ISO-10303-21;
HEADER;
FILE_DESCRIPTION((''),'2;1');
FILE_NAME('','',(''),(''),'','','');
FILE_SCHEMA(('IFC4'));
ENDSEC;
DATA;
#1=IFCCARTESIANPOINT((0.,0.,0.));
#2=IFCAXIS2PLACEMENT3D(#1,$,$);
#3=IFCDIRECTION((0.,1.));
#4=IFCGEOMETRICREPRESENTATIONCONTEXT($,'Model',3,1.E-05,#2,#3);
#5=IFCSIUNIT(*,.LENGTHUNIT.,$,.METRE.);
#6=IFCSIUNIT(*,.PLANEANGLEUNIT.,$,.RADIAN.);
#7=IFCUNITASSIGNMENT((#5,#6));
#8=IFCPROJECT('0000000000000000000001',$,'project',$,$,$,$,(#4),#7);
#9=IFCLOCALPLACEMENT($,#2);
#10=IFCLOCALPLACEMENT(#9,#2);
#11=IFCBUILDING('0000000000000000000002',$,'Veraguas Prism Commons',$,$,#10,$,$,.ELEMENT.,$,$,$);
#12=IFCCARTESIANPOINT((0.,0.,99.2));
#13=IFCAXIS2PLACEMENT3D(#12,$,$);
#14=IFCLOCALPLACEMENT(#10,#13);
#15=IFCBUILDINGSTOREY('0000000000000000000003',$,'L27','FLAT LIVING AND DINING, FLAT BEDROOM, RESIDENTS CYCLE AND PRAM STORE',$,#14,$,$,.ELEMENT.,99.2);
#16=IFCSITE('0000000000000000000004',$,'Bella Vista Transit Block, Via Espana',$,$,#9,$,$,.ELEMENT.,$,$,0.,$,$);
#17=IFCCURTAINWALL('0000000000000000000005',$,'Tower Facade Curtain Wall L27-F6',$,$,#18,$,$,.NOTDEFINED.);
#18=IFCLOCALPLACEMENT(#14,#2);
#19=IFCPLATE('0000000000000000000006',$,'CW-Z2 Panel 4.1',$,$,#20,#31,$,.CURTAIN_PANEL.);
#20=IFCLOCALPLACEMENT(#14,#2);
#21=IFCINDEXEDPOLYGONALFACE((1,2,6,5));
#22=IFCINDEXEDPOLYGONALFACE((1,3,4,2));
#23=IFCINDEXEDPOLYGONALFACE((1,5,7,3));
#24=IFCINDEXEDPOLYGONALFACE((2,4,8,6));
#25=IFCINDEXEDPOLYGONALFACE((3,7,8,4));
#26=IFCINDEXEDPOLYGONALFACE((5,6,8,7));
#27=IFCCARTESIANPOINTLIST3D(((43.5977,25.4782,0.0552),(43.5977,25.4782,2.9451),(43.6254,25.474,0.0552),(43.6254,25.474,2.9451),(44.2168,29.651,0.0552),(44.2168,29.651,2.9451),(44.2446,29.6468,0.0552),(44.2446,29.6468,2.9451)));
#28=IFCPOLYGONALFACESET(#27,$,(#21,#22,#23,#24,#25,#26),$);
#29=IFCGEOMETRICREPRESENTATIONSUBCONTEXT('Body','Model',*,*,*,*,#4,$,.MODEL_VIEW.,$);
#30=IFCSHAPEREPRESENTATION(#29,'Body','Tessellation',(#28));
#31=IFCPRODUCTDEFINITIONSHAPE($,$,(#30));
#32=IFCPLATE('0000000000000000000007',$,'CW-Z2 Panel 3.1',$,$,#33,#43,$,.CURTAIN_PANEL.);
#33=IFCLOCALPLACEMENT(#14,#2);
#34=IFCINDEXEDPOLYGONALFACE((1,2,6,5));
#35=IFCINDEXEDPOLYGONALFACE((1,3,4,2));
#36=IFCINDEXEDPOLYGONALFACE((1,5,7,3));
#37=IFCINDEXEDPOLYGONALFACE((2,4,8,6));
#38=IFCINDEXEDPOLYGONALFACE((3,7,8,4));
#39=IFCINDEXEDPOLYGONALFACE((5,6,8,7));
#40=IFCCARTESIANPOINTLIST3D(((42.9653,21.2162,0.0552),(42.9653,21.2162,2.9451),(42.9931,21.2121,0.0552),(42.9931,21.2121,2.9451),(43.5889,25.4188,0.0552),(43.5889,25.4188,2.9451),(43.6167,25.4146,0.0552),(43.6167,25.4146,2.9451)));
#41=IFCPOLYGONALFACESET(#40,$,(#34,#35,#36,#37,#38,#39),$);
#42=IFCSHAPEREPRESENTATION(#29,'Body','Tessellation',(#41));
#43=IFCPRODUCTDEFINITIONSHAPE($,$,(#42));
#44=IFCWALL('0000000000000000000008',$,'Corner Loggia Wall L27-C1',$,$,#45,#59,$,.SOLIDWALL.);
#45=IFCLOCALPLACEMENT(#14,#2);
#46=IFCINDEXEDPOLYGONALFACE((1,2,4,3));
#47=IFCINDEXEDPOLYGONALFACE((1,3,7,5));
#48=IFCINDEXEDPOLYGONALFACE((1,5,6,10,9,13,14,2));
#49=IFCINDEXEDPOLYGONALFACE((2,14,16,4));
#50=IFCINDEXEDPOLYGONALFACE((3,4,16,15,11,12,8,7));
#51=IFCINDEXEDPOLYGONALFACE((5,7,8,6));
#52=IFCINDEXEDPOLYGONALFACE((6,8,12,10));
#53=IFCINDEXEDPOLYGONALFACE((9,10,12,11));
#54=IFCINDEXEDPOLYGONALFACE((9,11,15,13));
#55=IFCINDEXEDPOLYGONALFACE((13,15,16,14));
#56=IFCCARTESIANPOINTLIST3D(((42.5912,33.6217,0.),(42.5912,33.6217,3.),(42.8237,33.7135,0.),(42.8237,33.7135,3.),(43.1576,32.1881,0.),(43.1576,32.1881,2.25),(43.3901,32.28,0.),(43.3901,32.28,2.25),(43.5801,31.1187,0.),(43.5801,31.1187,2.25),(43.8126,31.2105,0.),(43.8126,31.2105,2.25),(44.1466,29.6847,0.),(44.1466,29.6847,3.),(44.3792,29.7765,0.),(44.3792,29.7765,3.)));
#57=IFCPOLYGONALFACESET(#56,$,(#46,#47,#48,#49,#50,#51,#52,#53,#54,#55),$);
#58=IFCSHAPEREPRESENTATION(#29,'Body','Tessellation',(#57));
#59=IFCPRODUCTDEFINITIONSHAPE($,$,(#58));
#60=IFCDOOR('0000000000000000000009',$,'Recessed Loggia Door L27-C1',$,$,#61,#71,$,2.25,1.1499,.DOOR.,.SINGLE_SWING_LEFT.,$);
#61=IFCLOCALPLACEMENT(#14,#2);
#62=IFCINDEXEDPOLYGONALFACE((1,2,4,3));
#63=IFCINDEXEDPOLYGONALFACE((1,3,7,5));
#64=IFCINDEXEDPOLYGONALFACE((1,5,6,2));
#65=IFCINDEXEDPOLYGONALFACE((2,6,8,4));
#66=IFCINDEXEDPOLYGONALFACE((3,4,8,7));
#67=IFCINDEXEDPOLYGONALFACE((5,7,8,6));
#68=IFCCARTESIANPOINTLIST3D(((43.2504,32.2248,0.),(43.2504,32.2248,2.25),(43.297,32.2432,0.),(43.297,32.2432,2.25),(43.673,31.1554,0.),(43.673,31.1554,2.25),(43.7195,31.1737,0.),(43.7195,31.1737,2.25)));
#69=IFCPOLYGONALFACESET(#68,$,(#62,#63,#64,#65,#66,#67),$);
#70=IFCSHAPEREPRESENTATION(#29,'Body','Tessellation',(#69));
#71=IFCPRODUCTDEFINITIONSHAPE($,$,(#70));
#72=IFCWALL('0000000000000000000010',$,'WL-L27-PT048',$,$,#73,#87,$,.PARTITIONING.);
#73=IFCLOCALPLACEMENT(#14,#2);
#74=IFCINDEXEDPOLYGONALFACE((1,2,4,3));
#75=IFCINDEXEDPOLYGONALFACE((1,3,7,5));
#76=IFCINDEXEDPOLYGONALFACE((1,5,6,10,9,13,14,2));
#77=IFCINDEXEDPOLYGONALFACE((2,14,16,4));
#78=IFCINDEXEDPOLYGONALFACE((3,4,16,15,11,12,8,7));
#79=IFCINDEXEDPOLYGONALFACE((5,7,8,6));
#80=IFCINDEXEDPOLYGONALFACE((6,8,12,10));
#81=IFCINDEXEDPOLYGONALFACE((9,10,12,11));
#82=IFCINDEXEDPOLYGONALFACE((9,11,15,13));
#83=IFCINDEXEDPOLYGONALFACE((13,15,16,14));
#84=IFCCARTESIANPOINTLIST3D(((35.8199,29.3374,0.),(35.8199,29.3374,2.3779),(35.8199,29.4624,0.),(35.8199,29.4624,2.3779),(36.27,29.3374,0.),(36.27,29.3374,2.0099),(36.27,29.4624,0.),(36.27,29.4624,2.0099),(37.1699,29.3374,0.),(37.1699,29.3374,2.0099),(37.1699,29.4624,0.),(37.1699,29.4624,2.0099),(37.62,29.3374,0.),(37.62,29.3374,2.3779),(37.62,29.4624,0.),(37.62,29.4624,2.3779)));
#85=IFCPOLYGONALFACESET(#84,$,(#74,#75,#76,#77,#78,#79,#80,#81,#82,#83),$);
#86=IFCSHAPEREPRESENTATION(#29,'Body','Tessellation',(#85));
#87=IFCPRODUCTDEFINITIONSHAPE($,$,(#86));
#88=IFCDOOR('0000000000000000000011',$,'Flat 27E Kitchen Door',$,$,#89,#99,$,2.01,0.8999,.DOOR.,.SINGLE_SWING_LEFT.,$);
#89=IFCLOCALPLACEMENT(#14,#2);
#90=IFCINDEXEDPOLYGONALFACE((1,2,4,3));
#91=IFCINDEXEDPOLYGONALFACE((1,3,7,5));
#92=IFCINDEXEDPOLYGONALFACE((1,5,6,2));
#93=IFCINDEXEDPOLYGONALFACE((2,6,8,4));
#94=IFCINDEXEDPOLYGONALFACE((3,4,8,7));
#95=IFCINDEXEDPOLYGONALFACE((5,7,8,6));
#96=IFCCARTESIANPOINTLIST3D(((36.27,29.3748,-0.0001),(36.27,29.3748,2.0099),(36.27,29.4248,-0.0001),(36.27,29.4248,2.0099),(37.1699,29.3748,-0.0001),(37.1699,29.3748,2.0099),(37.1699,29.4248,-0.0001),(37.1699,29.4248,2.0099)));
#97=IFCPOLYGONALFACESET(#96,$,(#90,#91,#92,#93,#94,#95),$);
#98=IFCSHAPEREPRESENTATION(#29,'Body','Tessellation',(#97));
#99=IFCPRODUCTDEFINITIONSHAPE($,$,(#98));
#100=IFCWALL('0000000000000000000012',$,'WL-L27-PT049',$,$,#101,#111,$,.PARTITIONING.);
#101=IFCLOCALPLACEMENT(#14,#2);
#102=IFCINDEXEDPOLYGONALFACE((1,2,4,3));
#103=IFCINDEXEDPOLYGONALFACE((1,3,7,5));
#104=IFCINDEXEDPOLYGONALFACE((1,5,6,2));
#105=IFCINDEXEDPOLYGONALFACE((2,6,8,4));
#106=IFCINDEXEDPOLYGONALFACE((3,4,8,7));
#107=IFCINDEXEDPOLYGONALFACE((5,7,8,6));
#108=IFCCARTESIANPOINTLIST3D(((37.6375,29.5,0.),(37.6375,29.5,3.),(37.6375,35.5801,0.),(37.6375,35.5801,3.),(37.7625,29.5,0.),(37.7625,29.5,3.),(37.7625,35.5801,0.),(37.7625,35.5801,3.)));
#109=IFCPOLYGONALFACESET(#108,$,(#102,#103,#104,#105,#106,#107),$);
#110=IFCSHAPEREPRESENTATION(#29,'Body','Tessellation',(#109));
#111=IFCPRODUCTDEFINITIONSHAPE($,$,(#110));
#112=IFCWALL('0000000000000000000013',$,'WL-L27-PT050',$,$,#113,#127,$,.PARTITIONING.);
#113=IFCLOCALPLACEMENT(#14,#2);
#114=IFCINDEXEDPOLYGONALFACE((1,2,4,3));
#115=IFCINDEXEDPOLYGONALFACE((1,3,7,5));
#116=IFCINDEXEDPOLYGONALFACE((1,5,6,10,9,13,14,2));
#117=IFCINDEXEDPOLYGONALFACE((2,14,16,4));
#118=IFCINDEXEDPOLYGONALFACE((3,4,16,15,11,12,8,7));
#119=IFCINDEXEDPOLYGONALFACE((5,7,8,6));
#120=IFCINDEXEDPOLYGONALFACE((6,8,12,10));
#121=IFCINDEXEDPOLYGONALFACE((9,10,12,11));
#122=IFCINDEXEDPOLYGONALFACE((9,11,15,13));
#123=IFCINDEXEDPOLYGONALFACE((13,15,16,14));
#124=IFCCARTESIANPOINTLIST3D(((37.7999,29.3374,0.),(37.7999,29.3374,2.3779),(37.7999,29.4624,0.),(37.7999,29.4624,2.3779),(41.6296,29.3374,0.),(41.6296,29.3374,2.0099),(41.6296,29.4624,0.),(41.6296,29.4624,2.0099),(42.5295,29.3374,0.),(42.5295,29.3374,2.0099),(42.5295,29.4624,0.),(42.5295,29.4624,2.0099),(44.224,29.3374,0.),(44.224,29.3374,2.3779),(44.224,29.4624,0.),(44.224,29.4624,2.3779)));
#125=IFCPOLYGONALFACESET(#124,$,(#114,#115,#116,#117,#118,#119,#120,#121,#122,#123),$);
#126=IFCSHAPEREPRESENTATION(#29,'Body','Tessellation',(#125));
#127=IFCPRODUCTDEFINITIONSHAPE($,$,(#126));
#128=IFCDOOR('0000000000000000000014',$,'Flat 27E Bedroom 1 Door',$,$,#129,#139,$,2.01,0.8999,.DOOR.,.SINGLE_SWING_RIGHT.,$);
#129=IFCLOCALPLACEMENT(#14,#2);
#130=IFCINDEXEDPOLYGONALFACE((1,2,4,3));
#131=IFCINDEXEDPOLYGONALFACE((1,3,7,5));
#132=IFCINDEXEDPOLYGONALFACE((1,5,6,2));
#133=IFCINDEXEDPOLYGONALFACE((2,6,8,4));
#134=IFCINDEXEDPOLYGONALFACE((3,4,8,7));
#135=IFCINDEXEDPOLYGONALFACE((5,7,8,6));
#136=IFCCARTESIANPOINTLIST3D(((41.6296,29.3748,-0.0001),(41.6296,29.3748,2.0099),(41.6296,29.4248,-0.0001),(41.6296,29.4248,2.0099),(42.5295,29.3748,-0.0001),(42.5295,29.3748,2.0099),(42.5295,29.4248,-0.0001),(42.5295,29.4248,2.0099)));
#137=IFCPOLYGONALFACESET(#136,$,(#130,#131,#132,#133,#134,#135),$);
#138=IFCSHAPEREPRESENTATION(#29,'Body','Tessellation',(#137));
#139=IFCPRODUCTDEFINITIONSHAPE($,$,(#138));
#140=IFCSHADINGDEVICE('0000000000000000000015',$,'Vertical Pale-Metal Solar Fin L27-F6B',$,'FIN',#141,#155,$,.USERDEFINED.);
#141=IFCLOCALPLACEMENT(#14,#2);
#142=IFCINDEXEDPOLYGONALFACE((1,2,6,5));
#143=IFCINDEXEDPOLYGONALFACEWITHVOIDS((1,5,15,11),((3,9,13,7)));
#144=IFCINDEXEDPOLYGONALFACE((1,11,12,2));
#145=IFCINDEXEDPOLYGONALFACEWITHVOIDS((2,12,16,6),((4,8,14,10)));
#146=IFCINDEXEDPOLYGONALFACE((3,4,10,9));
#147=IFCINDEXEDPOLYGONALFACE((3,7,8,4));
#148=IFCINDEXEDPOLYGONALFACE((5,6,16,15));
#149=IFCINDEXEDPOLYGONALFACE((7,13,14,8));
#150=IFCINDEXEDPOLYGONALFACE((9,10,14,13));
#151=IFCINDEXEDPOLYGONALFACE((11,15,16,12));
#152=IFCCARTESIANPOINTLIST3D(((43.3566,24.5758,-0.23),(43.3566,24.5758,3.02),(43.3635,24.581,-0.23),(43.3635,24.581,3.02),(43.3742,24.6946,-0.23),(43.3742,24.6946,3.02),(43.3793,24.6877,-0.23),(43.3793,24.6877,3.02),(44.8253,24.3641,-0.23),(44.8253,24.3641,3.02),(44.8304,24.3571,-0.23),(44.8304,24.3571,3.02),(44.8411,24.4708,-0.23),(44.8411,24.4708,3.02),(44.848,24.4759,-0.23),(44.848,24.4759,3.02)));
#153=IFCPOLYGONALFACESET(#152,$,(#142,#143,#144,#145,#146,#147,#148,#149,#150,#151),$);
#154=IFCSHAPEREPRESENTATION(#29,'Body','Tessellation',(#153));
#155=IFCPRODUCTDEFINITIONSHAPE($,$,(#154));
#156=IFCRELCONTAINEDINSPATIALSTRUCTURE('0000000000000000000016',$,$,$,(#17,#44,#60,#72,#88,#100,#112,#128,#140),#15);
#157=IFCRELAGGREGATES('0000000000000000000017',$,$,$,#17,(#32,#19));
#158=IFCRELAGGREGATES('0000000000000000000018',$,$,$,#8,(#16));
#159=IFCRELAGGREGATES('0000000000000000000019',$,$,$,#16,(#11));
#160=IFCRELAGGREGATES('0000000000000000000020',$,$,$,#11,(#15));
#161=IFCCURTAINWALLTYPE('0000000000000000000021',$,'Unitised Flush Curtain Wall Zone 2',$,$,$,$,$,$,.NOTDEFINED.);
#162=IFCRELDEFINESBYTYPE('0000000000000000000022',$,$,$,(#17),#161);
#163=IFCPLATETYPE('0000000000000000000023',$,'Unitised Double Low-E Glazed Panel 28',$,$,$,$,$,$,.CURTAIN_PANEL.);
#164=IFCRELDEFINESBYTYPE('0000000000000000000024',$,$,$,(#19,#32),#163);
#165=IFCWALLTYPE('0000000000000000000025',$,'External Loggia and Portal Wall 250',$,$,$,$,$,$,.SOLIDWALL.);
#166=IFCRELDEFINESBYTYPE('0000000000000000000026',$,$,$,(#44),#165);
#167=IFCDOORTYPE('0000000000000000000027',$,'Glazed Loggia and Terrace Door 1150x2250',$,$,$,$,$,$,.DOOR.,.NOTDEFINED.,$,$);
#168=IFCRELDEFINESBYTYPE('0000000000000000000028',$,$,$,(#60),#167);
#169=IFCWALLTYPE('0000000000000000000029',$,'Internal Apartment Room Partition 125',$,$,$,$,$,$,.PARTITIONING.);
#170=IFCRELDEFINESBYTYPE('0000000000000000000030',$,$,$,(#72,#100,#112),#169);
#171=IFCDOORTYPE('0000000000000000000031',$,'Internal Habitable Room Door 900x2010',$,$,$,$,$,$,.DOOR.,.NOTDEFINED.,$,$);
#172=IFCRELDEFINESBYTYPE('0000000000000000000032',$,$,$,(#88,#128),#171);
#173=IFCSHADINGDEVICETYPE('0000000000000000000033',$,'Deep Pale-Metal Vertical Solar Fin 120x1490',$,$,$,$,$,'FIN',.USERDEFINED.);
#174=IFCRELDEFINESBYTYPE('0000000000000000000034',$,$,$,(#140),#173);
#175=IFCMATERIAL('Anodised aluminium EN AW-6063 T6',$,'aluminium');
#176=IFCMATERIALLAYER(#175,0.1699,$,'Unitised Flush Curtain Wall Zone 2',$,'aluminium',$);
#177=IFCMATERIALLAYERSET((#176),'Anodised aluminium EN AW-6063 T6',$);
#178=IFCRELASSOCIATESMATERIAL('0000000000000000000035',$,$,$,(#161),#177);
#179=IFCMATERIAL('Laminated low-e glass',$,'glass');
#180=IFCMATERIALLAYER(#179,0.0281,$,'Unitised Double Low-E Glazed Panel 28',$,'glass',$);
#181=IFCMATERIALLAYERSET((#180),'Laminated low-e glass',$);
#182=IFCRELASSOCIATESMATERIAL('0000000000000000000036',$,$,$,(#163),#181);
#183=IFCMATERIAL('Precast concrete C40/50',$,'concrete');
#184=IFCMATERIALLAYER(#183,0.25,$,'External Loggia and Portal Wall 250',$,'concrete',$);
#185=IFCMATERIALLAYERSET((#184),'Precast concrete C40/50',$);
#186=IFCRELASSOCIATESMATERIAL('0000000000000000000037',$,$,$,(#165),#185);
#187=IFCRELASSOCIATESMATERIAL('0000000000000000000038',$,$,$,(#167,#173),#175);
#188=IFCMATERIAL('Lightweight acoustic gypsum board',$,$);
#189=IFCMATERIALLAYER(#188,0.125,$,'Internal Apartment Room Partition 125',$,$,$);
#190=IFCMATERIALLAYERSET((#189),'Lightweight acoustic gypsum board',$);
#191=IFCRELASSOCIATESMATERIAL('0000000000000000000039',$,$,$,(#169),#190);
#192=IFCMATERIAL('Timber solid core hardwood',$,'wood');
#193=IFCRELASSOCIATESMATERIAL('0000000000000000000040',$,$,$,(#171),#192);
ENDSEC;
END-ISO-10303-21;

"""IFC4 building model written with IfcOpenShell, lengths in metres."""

from ifc_helpers import new_model, si_unit, direction, frame, frame_2d, origin, origin_2d, place, context, subcontext, project, spatial, rectangle, hollow_rectangle, extrude, source, transform, mapped, material, layer, layer_set, material_profile, profile_set, type_object, element, fill, aggregate, save


model = new_model("IFC4")

# Units and contexts
model_context = context("Model", 3, precision=1e-05, world=origin(), true_north=direction((0.0, 1.0)))
body_context = subcontext(model_context, "Body", "Model", "MODEL_VIEW")
ifc_project = project(units=[si_unit("LENGTHUNIT", "METRE"), si_unit("PLANEANGLEUNIT", "RADIAN")], contexts=[model_context])

# Site, building, storey
site_placement = place(None, origin())
site = spatial("IfcSite", under=ifc_project, at=site_placement, Name="Bella Vista Transit Block, Via Espana", CompositionType="ELEMENT", RefElevation=0.0)
building_placement = place(site_placement, origin())
building = spatial("IfcBuilding", under=site, at=building_placement, Name="Veraguas Prism Commons", CompositionType="ELEMENT")
storey_placement = place(building_placement, frame((0.0, 0.0, 99.2)))
storey = spatial("IfcBuildingStorey", under=building, at=storey_placement, Name="L27", Description="FLAT LIVING AND DINING, FLAT BEDROOM, RESIDENTS CYCLE AND PRAM STORE", CompositionType="ELEMENT", Elevation=99.2)

# Shared definitions
ifc_material_1 = material(Name="Anodised aluminium EN AW-6063 T6", Category="aluminium")
ifc_layer_1 = layer(ifc_material_1, 0.1699, Name="Unitised Flush Curtain Wall Zone 2", Category="aluminium")
ifc_layer_set_1 = layer_set([ifc_layer_1], Name="Anodised aluminium EN AW-6063 T6")
curtain_wall_type = type_object("IfcCurtainWallType", Name="Unitised Flush Curtain Wall Zone 2", PredefinedType="NOTDEFINED", material=ifc_layer_set_1)

# Curtain wall, plates
curtain_wall_1_placement = place(storey_placement, origin())
curtain_wall_1 = element("IfcCurtainWall", 1, at=curtain_wall_1_placement, inside=storey, type_object=curtain_wall_type, Name="Tower Facade Curtain Wall L27-F6", PredefinedType="NOTDEFINED")
ifc_material_2 = material(Name="Laminated low-e glass", Category="glass")
ifc_layer_2 = layer(ifc_material_2, 0.0281, Name="Unitised Double Low-E Glazed Panel 28", Category="glass")
ifc_layer_set_2 = layer_set([ifc_layer_2], Name="Laminated low-e glass")
plate_type = type_object("IfcPlateType", Name="Unitised Double Low-E Glazed Panel 28", PredefinedType="CURTAIN_PANEL", material=ifc_layer_set_2)
shared_shape_1 = source(origin(), body_context, "Body", "SweptSolid", [
    extrude(rectangle(XDim=4.2185, YDim=0.0281, at=origin_2d()), origin(), (0.0, 0.0, 1.0), 2.8899),
])
plate_1_placement = place(storey_placement, frame((43.9211, 27.5625, 0.0552), z_axis=(0.0, 0.0, 1.0), x_axis=(0.146777, 0.98917, 0.0)))
plate_1 = element("IfcPlate", 2, at=plate_1_placement, type_object=plate_type, Name="CW-Z2 Panel 4.1", PredefinedType="CURTAIN_PANEL", context=body_context, shape_type="MappedRepresentation", body=[
    mapped(shared_shape_1, transform((0.0, 0.0, 0.0), scale=1.0)),
])
shared_shape_2 = source(origin(), body_context, "Body", "SweptSolid", [
    extrude(rectangle(XDim=4.2485, YDim=0.0281, at=origin_2d()), origin(), (0.0, 0.0, 1.0), 2.8899),
])
plate_2_placement = place(storey_placement, frame((43.291, 23.3154, 0.0552), z_axis=(0.0, 0.0, 1.0), x_axis=(0.146777, 0.98917, 0.0)))
plate_2 = element("IfcPlate", 3, at=plate_2_placement, type_object=plate_type, Name="CW-Z2 Panel 3.1", PredefinedType="CURTAIN_PANEL", context=body_context, shape_type="MappedRepresentation", body=[
    mapped(shared_shape_2, transform((0.0, 0.0, 0.0), scale=1.0)),
])
aggregate(curtain_wall_1, [plate_2, plate_1])

# Walls, openings, doors
ifc_material_3 = material(Name="Precast concrete C40/50", Category="concrete")
ifc_layer_3 = layer(ifc_material_3, 0.25, Name="External Loggia and Portal Wall 250", Category="concrete")
ifc_layer_set_3 = layer_set([ifc_layer_3], Name="Precast concrete C40/50")
wall_type_1 = type_object("IfcWallType", Name="External Loggia and Portal Wall 250", PredefinedType="SOLIDWALL", material=ifc_layer_set_3)
wall_1_placement = place(storey_placement, frame((44.2629, 29.7305, 0.0), z_axis=(0.0, 0.0, 1.0), x_axis=(-0.36744, 0.930047, 0.0)))
wall_1 = element("IfcWall", 4, at=wall_1_placement, inside=storey, type_object=wall_type_1, Name="Corner Loggia Wall L27-C1", PredefinedType="SOLIDWALL", context=body_context, shape_type="SweptSolid", body=[
    extrude(rectangle(XDim=4.2332, YDim=0.25, at=frame_2d((2.1167, 0.0))), origin(), (0.0, 0.0, 1.0), 3.0),
])
opening_1_placement = place(wall_1_placement, frame((1.542, 0.0, 0.0)))
opening_1 = element("IfcOpeningElement", 5, at=opening_1_placement, cuts=wall_1, PredefinedType="OPENING", context=body_context, shape_type="SweptSolid", body=[
    extrude(rectangle(XDim=1.1499, YDim=2.25, at=frame_2d((0.575, 1.125))), frame((0.0, 0.135, 0.0), z_axis=(0.0, -1.0, 0.0), x_axis=(1.0, 0.0, 0.0)), (0.0, 0.0, 1.0), 0.27),
])
door_type_1 = type_object("IfcDoorType", Name="Glazed Loggia and Terrace Door 1150x2250", OperationType="NOTDEFINED", PredefinedType="DOOR", material=ifc_material_1)
shared_shape_3 = source(origin(), body_context, "Body", "SweptSolid", [
    extrude(rectangle(XDim=1.1499, YDim=2.25, at=frame_2d((0.575, 1.125))), frame((0.0, 0.0249, 0.0), z_axis=(0.0, -1.0, 0.0), x_axis=(1.0, 0.0, 0.0)), (0.0, 0.0, 1.0), 0.05),
])
door_1_placement = place(opening_1_placement, frame((1.1499, 0.0, 0.0), z_axis=(0.0, 0.0, 1.0), x_axis=(-1.0, 0.0, 0.0)))
door_1 = element("IfcDoor", 6, at=door_1_placement, inside=storey, type_object=door_type_1, Name="Recessed Loggia Door L27-C1", OperationType="SINGLE_SWING_LEFT", OverallHeight=2.25, OverallWidth=1.1499, PredefinedType="DOOR", context=body_context, shape_type="MappedRepresentation", body=[
    mapped(shared_shape_3, transform((0.0, 0.0, 0.0), scale=1.0)),
])
fill(opening_1, door_1)
ifc_material_4 = material(Name="Lightweight acoustic gypsum board")
ifc_layer_4 = layer(ifc_material_4, 0.125, Name="Internal Apartment Room Partition 125")
ifc_layer_set_4 = layer_set([ifc_layer_4], Name="Lightweight acoustic gypsum board")
wall_type_2 = type_object("IfcWallType", Name="Internal Apartment Room Partition 125", PredefinedType="PARTITIONING", material=ifc_layer_set_4)
wall_2_placement = place(storey_placement, frame((35.8201, 29.3999, 0.0), z_axis=(0.0, 0.0, 1.0), x_axis=(1.0, 0.0, 0.0)))
wall_2 = element("IfcWall", 7, at=wall_2_placement, inside=storey, type_object=wall_type_2, Name="WL-L27-PT048", PredefinedType="PARTITIONING", context=body_context, shape_type="SweptSolid", body=[
    extrude(rectangle(XDim=1.8, YDim=0.125, at=frame_2d((0.8999, 0.0))), origin(), (0.0, 0.0, 1.0), 2.3779),
])
opening_2_placement = place(wall_2_placement, frame((0.45, 0.0, 0.0)))
opening_2 = element("IfcOpeningElement", 8, at=opening_2_placement, cuts=wall_2, PredefinedType="OPENING", context=body_context, shape_type="SweptSolid", body=[
    extrude(rectangle(XDim=0.8999, YDim=2.01, at=frame_2d((0.45, 1.0049))), frame((0.0, 0.0725, 0.0), z_axis=(0.0, -1.0, 0.0), x_axis=(1.0, 0.0, 0.0)), (0.0, 0.0, 1.0), 0.145),
])
ifc_material_5 = material(Name="Timber solid core hardwood", Category="wood")
door_type_2 = type_object("IfcDoorType", Name="Internal Habitable Room Door 900x2010", OperationType="NOTDEFINED", PredefinedType="DOOR", material=ifc_material_5)
shared_shape_4 = source(origin(), body_context, "Body", "SweptSolid", [
    extrude(rectangle(XDim=0.8999, YDim=2.01, at=frame_2d((0.45, 1.0049))), frame((0.0, 0.0249, 0.0), z_axis=(0.0, -1.0, 0.0), x_axis=(1.0, 0.0, 0.0)), (0.0, 0.0, 1.0), 0.05),
])
door_2_placement = place(opening_2_placement, origin())
door_2 = element("IfcDoor", 9, at=door_2_placement, inside=storey, type_object=door_type_2, Name="Flat 27E Kitchen Door", OperationType="SINGLE_SWING_LEFT", OverallHeight=2.01, OverallWidth=0.8999, PredefinedType="DOOR", context=body_context, shape_type="MappedRepresentation", body=[
    mapped(shared_shape_4, transform((0.0, 0.0, 0.0), scale=1.0)),
])
fill(opening_2, door_2)

# Wall
wall_3_placement = place(storey_placement, frame((37.7, 29.5, 0.0), z_axis=(0.0, 0.0, 1.0), x_axis=(0.0, 1.0, 0.0)))
element("IfcWall", 10, at=wall_3_placement, inside=storey, type_object=wall_type_2, Name="WL-L27-PT049", PredefinedType="PARTITIONING", context=body_context, shape_type="SweptSolid", body=[
    extrude(rectangle(XDim=6.0801, YDim=0.125, at=frame_2d((3.04, 0.0))), origin(), (0.0, 0.0, 1.0), 3.0),
])

# Wall, opening, door
wall_4_placement = place(storey_placement, frame((37.8, 29.3999, 0.0), z_axis=(0.0, 0.0, 1.0), x_axis=(1.0, 0.0, 0.0)))
wall_4 = element("IfcWall", 11, at=wall_4_placement, inside=storey, type_object=wall_type_2, Name="WL-L27-PT050", PredefinedType="PARTITIONING", context=body_context, shape_type="SweptSolid", body=[
    extrude(rectangle(XDim=6.4241, YDim=0.125, at=frame_2d((3.2119, 0.0))), origin(), (0.0, 0.0, 1.0), 2.3779),
])
opening_3_placement = place(wall_4_placement, frame((3.8296, 0.0, 0.0)))
opening_3 = element("IfcOpeningElement", 12, at=opening_3_placement, cuts=wall_4, PredefinedType="OPENING", context=body_context, shape_type="SweptSolid", body=[
    extrude(rectangle(XDim=0.8999, YDim=2.01, at=frame_2d((0.45, 1.0049))), frame((0.0, 0.0725, 0.0), z_axis=(0.0, -1.0, 0.0), x_axis=(1.0, 0.0, 0.0)), (0.0, 0.0, 1.0), 0.145),
])
door_3_placement = place(opening_3_placement, origin())
door_3 = element("IfcDoor", 13, at=door_3_placement, inside=storey, type_object=door_type_2, Name="Flat 27E Bedroom 1 Door", OperationType="SINGLE_SWING_RIGHT", OverallHeight=2.01, OverallWidth=0.8999, PredefinedType="DOOR", context=body_context, shape_type="MappedRepresentation", body=[
    mapped(shared_shape_4, transform((0.0, 0.0, 0.0), scale=1.0)),
])
fill(opening_3, door_3)

# Shading device
ifc_material_profile_1 = material_profile(ifc_material_1, hollow_rectangle(XDim=0.1201, YDim=1.49, WallThickness=0.0061, at=origin_2d()), Name="FIN120X1490X6")
ifc_profile_set_1 = profile_set([ifc_material_profile_1], Name="Anodised aluminium EN AW-6063 T6")
shading_device_type = type_object("IfcShadingDeviceType", Name="Deep Pale-Metal Vertical Solar Fin 120x1490", ElementType="FIN", PredefinedType="USERDEFINED", material=ifc_profile_set_1)
shading_device_placement = place(storey_placement, frame((44.1023, 24.5259, -0.23), z_axis=(0.0, 0.0, 1.0), x_axis=(0.146775, 0.98917, 0.0)))
element("IfcShadingDevice", 14, at=shading_device_placement, inside=storey, type_object=shading_device_type, Name="Vertical Pale-Metal Solar Fin L27-F6B", ObjectType="FIN", PredefinedType="USERDEFINED", context=body_context, shape_type="SweptSolid", body=[
    extrude(hollow_rectangle(XDim=0.1201, YDim=1.49, WallThickness=0.0061, at=origin_2d()), origin(), (0.0, 0.0, 1.0), 3.25),
])

save(model, "model.ifc")
